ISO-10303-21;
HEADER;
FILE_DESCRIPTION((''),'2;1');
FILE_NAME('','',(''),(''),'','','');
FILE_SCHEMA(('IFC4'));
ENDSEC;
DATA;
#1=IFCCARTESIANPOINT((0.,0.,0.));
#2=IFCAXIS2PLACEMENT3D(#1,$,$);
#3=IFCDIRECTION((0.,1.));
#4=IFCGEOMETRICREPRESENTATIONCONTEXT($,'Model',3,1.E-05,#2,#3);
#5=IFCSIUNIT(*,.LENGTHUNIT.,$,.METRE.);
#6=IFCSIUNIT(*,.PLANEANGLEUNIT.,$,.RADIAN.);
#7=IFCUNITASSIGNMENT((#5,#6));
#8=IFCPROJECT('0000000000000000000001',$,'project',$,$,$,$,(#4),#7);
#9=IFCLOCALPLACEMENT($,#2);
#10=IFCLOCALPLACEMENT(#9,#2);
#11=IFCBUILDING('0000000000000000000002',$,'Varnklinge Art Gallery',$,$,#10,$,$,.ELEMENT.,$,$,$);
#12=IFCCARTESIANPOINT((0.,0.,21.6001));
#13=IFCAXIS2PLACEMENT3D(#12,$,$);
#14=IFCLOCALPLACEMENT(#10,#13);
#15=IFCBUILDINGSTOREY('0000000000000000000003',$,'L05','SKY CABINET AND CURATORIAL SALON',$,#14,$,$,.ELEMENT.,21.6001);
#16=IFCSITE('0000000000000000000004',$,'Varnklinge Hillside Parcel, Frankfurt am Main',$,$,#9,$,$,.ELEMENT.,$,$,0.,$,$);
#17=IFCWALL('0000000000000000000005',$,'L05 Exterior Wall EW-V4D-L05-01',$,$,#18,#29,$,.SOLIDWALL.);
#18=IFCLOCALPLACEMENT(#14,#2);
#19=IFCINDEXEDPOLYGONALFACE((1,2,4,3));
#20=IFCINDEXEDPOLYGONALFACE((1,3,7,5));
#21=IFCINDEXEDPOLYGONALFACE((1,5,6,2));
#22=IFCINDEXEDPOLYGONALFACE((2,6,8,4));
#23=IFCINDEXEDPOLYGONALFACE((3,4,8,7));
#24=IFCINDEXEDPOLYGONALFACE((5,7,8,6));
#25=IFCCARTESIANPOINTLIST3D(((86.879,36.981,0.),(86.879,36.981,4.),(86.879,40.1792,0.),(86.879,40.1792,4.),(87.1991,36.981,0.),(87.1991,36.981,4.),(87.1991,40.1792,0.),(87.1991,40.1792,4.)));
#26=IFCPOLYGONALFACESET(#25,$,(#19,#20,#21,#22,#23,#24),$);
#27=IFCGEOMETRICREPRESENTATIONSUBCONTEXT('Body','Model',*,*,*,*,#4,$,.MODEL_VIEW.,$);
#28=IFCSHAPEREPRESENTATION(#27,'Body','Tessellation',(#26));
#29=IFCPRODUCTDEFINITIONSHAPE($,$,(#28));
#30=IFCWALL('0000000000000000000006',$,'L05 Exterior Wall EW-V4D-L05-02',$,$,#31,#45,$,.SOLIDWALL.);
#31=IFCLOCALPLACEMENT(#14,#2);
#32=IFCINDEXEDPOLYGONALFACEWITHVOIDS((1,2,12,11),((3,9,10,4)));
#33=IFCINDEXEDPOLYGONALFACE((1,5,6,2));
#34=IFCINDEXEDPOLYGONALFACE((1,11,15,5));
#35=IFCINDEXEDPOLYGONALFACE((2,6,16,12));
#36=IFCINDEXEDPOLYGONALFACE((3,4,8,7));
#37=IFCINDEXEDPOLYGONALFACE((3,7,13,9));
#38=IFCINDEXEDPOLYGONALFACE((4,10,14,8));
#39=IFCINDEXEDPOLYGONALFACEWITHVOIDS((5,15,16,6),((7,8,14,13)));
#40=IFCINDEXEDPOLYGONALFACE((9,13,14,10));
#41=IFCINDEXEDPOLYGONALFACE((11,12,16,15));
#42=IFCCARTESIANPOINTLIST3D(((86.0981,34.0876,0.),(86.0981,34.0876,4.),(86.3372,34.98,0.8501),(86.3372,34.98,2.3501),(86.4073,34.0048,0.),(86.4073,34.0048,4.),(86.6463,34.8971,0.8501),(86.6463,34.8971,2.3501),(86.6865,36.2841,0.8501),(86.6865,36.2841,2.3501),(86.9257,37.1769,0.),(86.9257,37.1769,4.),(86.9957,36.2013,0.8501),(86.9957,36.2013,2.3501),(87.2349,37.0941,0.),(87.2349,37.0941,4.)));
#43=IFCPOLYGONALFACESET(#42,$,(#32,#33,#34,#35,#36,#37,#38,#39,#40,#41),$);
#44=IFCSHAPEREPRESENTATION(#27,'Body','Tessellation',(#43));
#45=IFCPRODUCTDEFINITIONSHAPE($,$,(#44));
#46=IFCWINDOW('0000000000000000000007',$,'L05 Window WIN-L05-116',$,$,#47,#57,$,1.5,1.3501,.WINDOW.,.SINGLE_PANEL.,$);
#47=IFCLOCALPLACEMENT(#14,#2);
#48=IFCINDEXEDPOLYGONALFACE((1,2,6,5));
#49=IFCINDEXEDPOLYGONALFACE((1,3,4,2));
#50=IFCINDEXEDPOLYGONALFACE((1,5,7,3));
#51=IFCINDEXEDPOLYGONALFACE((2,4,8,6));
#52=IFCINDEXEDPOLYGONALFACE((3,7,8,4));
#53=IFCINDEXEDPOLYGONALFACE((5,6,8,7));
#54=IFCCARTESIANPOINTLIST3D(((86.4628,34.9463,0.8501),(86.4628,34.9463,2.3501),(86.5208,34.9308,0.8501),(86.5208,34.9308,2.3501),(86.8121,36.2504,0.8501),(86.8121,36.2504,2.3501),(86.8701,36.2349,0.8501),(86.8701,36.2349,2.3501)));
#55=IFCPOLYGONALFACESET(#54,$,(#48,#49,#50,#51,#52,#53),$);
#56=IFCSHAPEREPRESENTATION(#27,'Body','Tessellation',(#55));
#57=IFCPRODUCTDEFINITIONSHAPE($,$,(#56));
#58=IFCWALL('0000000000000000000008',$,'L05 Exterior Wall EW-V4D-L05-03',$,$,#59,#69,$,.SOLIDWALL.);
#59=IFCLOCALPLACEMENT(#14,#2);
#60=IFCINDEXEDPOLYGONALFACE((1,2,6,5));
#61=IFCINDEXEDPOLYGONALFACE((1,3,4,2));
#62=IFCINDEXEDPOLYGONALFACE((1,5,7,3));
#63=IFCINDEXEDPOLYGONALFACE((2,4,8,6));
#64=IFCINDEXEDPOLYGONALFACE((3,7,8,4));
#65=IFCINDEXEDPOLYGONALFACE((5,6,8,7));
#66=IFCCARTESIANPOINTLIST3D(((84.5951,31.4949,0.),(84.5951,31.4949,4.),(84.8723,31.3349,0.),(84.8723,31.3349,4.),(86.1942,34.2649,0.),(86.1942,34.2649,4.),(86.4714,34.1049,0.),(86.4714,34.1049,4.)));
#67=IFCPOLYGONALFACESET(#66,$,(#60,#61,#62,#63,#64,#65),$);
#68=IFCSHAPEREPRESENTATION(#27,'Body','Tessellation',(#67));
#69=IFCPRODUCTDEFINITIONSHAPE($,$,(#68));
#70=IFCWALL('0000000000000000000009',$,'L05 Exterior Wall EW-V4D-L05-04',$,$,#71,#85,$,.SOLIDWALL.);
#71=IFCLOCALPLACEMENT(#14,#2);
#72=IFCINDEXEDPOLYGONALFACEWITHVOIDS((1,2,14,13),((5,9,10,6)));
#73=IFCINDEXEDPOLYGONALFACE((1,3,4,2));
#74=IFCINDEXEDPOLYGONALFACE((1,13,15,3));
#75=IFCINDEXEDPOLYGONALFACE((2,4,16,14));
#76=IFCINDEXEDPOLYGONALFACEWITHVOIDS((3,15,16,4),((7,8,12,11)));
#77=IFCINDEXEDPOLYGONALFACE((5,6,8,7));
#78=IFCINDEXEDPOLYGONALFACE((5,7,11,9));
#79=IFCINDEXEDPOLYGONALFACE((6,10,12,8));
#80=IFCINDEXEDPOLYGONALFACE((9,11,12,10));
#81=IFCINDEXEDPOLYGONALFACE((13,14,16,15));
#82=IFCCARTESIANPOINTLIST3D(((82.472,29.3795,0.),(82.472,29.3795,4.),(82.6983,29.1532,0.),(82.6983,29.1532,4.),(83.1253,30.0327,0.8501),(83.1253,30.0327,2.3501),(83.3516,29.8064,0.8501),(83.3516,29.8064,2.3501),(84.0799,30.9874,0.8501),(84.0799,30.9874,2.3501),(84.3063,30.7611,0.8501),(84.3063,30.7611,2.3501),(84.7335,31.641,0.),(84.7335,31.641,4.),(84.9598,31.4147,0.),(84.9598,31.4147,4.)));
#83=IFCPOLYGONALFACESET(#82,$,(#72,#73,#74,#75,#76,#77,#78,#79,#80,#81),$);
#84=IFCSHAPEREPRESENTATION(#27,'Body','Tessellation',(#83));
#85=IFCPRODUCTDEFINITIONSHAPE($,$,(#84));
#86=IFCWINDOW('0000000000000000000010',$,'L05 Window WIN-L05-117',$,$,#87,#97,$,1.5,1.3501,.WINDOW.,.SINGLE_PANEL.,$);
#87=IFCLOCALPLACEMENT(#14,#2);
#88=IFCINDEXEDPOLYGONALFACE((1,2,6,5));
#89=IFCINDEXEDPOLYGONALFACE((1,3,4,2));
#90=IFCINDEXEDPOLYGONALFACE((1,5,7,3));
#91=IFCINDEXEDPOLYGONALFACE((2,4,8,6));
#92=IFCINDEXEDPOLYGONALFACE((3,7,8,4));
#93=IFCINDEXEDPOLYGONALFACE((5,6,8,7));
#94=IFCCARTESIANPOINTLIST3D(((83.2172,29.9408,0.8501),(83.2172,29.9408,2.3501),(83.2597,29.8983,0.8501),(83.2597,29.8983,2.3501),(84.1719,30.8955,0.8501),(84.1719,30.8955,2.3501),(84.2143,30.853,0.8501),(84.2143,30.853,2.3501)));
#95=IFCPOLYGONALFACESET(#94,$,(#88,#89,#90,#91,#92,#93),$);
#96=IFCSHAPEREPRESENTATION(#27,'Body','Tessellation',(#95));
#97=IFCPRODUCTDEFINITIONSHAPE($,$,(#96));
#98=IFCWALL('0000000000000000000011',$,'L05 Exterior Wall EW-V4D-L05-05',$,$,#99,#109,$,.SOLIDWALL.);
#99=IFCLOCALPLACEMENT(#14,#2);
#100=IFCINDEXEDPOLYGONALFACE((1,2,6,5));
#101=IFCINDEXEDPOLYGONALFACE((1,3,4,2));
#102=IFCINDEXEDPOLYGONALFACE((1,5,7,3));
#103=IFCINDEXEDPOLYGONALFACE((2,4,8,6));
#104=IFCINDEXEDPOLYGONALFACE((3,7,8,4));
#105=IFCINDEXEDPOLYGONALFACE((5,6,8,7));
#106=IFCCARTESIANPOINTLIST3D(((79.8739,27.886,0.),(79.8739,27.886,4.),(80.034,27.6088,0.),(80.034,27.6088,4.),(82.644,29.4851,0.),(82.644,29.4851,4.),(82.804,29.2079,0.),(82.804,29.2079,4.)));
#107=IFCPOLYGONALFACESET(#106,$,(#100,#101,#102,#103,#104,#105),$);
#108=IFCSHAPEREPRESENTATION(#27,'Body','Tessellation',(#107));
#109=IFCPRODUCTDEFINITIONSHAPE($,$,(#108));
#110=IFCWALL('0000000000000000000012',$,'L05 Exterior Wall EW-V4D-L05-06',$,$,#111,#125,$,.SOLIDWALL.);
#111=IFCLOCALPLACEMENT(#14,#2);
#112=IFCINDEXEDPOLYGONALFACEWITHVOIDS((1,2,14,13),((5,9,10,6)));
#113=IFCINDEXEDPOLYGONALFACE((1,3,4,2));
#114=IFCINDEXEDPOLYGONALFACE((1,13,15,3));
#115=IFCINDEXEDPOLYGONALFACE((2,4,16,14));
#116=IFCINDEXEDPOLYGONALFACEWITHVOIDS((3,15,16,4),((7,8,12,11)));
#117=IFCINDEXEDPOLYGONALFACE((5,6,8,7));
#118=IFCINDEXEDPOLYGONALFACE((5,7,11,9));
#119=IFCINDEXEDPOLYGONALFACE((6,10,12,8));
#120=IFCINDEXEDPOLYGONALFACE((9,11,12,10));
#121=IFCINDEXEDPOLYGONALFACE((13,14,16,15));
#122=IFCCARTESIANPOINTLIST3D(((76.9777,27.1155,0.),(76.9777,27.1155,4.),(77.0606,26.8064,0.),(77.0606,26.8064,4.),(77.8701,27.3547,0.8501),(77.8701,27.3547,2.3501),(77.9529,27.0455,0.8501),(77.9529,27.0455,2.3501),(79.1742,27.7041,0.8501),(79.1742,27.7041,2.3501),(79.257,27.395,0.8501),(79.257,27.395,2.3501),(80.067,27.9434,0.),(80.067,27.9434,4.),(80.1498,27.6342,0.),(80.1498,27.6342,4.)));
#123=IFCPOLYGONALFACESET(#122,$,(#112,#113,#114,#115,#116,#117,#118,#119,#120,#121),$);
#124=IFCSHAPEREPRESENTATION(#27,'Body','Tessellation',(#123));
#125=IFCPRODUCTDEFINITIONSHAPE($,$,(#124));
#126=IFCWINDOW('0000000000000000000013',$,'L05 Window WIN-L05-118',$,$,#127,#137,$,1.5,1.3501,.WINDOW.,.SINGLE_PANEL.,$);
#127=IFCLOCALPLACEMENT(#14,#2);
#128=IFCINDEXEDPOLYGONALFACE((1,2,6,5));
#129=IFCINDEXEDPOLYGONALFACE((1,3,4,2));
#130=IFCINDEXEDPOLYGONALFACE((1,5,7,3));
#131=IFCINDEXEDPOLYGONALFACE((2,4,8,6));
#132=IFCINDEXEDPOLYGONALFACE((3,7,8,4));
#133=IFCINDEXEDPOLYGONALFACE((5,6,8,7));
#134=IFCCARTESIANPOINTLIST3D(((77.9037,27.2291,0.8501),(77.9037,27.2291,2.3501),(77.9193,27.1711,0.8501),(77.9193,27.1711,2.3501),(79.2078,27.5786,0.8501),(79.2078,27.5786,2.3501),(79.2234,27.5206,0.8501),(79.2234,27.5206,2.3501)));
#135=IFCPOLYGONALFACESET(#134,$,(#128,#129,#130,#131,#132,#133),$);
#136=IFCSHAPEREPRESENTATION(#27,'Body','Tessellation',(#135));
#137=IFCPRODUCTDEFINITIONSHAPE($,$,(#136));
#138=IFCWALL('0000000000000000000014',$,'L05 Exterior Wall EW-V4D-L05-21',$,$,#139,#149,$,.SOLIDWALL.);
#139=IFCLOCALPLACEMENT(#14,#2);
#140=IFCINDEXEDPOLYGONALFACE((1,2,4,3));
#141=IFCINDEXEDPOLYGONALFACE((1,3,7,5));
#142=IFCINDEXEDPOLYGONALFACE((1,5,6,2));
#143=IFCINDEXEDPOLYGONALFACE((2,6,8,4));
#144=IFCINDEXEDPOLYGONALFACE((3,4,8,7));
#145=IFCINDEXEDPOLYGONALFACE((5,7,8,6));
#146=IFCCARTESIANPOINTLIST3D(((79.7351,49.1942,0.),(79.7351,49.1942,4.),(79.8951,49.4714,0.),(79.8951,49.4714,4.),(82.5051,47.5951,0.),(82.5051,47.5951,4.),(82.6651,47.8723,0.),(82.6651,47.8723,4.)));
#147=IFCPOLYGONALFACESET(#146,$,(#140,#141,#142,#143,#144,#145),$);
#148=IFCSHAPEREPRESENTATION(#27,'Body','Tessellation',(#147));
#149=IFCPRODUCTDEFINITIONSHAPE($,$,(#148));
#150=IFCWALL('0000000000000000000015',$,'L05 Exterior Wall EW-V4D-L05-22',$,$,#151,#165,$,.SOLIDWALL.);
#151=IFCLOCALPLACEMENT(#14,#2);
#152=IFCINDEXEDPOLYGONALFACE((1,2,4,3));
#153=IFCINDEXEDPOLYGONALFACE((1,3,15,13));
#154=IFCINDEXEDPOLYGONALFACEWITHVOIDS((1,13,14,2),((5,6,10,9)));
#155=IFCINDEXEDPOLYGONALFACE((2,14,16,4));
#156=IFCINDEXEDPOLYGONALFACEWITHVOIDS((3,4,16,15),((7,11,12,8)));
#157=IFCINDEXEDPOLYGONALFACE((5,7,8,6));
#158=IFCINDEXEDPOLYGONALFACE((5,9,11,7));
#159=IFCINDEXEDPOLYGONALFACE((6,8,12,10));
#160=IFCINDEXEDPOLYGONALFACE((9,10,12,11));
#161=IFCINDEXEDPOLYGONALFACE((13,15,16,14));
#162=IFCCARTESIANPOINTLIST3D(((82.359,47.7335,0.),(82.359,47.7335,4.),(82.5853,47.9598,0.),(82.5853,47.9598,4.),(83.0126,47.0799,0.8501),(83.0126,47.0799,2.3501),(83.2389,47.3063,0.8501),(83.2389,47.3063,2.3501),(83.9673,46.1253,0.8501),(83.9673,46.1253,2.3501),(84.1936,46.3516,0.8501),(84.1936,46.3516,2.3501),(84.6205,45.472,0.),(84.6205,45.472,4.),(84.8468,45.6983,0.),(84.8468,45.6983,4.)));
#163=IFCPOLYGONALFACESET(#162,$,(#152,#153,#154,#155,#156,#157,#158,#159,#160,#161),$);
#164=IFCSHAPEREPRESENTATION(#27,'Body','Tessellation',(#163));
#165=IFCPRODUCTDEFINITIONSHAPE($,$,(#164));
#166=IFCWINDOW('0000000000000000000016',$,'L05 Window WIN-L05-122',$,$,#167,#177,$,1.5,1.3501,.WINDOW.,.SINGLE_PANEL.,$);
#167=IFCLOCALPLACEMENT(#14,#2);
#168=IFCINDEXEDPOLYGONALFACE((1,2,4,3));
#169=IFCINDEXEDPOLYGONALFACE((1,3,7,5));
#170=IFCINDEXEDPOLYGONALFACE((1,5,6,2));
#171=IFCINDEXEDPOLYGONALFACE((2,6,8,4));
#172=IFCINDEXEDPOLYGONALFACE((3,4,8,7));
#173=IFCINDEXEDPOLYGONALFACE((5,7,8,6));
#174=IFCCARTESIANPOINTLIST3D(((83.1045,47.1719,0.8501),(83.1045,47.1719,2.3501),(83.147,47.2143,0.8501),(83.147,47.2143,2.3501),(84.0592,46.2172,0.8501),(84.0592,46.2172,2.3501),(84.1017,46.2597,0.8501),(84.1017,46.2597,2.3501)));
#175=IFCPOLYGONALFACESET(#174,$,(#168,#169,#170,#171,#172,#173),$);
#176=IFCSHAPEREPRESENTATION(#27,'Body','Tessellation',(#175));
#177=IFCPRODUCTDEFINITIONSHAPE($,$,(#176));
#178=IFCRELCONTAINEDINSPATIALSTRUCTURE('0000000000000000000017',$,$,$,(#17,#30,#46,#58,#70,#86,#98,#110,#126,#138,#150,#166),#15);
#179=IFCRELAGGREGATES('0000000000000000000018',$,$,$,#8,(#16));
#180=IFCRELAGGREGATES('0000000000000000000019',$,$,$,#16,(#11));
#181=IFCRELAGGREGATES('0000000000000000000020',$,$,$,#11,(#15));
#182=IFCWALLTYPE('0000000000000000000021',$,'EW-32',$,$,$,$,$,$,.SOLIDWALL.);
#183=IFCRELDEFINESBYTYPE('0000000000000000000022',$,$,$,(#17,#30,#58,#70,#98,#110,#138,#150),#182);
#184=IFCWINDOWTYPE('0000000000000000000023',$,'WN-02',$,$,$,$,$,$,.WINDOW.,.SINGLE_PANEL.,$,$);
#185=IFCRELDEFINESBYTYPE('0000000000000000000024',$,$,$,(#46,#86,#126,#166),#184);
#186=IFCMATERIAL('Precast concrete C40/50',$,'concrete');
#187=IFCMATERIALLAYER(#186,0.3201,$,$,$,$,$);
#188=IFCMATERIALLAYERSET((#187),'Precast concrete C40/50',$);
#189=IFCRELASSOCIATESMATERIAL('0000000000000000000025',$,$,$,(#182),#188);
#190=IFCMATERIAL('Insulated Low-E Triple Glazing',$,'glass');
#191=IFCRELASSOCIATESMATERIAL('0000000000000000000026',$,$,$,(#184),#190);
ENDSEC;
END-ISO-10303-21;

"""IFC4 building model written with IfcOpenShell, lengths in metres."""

from ifc_helpers import new_model, si_unit, direction, frame, frame_2d, origin, place, context, subcontext, project, spatial, rectangle, extrude, material, layer, layer_set, type_object, element, fill, save


model = new_model("IFC4")

# Units and contexts
model_context = context("Model", 3, precision=1e-05, world=origin(), true_north=direction((0.0, 1.0)))
body_context = subcontext(model_context, "Body", "Model", "MODEL_VIEW")
ifc_project = project(units=[si_unit("LENGTHUNIT", "METRE"), si_unit("PLANEANGLEUNIT", "RADIAN")], contexts=[model_context])

# Site, building, storey
site_placement = place(None, origin())
site = spatial("IfcSite", under=ifc_project, at=site_placement, Name="Varnklinge Hillside Parcel, Frankfurt am Main", CompositionType="ELEMENT", RefElevation=0.0)
building_placement = place(site_placement, origin())
building = spatial("IfcBuilding", under=site, at=building_placement, Name="Varnklinge Art Gallery", CompositionType="ELEMENT")
storey_placement = place(building_placement, frame((0.0, 0.0, 21.6001)))
storey = spatial("IfcBuildingStorey", under=building, at=storey_placement, Name="L05", Description="SKY CABINET AND CURATORIAL SALON", CompositionType="ELEMENT", Elevation=21.6001)

# Wall
ifc_material_1 = material(Name="Precast concrete C40/50", Category="concrete")
ifc_layer_1 = layer(ifc_material_1, 0.3201)
ifc_layer_set_1 = layer_set([ifc_layer_1], Name="Precast concrete C40/50")
wall_type_1 = type_object("IfcWallType", Name="EW-32", PredefinedType="SOLIDWALL", material=ifc_layer_set_1)
wall_1_placement = place(storey_placement, frame((87.0391, 40.1792, 0.0), z_axis=(0.0, 0.0, 1.0), x_axis=(0.0, -1.0, 0.0)))
element("IfcWall", 1, at=wall_1_placement, inside=storey, type_object=wall_type_1, Name="L05 Exterior Wall EW-V4D-L05-01", PredefinedType="SOLIDWALL", context=body_context, shape_type="SweptSolid", body=[
    extrude(rectangle(XDim=3.1982, YDim=0.3201, at=frame_2d((1.5991, 0.0))), origin(), (0.0, 0.0, 1.0), 4.0),
])

# Wall, opening, window
wall_2_placement = place(storey_placement, frame((87.0803, 37.1355, 0.0), z_axis=(0.0, 0.0, 1.0), x_axis=(-0.258774, -0.965938, 0.0)))
wall_2 = element("IfcWall", 2, at=wall_2_placement, inside=storey, type_object=wall_type_1, Name="L05 Exterior Wall EW-V4D-L05-02", PredefinedType="SOLIDWALL", context=body_context, shape_type="SweptSolid", body=[
    extrude(rectangle(XDim=3.1982, YDim=0.3201, at=frame_2d((1.5991, 0.0))), origin(), (0.0, 0.0, 1.0), 4.0),
])
opening_1_placement = place(wall_2_placement, frame((0.9243, 0.0, 0.8501)))
opening_1 = element("IfcOpeningElement", 3, at=opening_1_placement, cuts=wall_2, PredefinedType="OPENING", context=body_context, shape_type="SweptSolid", body=[
    extrude(rectangle(XDim=1.3501, YDim=1.5, at=frame_2d((0.675, 0.75))), frame((0.0, 0.1702, 0.0), z_axis=(0.0, -1.0, 0.0), x_axis=(1.0, 0.0, 0.0)), (0.0, 0.0, 1.0), 0.3401),
])
ifc_material_2 = material(Name="Insulated Low-E Triple Glazing", Category="glass")
window_type = type_object("IfcWindowType", Name="WN-02", PartitioningType="SINGLE_PANEL", PredefinedType="WINDOW", material=ifc_material_2)
window_1_placement = place(opening_1_placement, origin())
window_1 = element("IfcWindow", 4, at=window_1_placement, inside=storey, type_object=window_type, Name="L05 Window WIN-L05-116", OverallHeight=1.5, OverallWidth=1.3501, PartitioningType="SINGLE_PANEL", PredefinedType="WINDOW", context=body_context, shape_type="SweptSolid", body=[
    extrude(rectangle(XDim=1.3501, YDim=1.5, at=frame_2d((0.675, 0.75))), frame((0.0, 0.03, 0.0), z_axis=(0.0, -1.0, 0.0), x_axis=(1.0, 0.0, 0.0)), (0.0, 0.0, 1.0), 0.0601),
])
fill(opening_1, window_1)

# Wall
wall_3_placement = place(storey_placement, frame((86.3328, 34.1848, 0.0), z_axis=(0.0, 0.0, 1.0), x_axis=(-0.499965, -0.866046, 0.0)))
element("IfcWall", 5, at=wall_3_placement, inside=storey, type_object=wall_type_1, Name="L05 Exterior Wall EW-V4D-L05-03", PredefinedType="SOLIDWALL", context=body_context, shape_type="SweptSolid", body=[
    extrude(rectangle(XDim=3.1985, YDim=0.3201, at=frame_2d((1.5991, 0.0))), origin(), (0.0, 0.0, 1.0), 4.0),
])

# Wall, opening, window
wall_4_placement = place(storey_placement, frame((84.8467, 31.5278, 0.0), z_axis=(0.0, 0.0, 1.0), x_axis=(-0.707107, -0.707107, 0.0)))
wall_4 = element("IfcWall", 6, at=wall_4_placement, inside=storey, type_object=wall_type_1, Name="L05 Exterior Wall EW-V4D-L05-04", PredefinedType="SOLIDWALL", context=body_context, shape_type="SweptSolid", body=[
    extrude(rectangle(XDim=3.1982, YDim=0.3201, at=frame_2d((1.5991, 0.0))), origin(), (0.0, 0.0, 1.0), 4.0),
])
opening_2_placement = place(wall_4_placement, frame((0.9243, 0.0, 0.8501)))
opening_2 = element("IfcOpeningElement", 7, at=opening_2_placement, cuts=wall_4, PredefinedType="OPENING", context=body_context, shape_type="SweptSolid", body=[
    extrude(rectangle(XDim=1.3501, YDim=1.5, at=frame_2d((0.675, 0.75))), frame((0.0, 0.1702, 0.0), z_axis=(0.0, -1.0, 0.0), x_axis=(1.0, 0.0, 0.0)), (0.0, 0.0, 1.0), 0.3401),
])
window_2_placement = place(opening_2_placement, origin())
window_2 = element("IfcWindow", 8, at=window_2_placement, inside=storey, type_object=window_type, Name="L05 Window WIN-L05-117", OverallHeight=1.5, OverallWidth=1.3501, PartitioningType="SINGLE_PANEL", PredefinedType="WINDOW", context=body_context, shape_type="SweptSolid", body=[
    extrude(rectangle(XDim=1.3501, YDim=1.5, at=frame_2d((0.675, 0.75))), frame((0.0, 0.03, 0.0), z_axis=(0.0, -1.0, 0.0), x_axis=(1.0, 0.0, 0.0)), (0.0, 0.0, 1.0), 0.0601),
])
fill(opening_2, window_2)

# Wall
wall_5_placement = place(storey_placement, frame((82.7239, 29.3464, 0.0), z_axis=(0.0, 0.0, 1.0), x_axis=(-0.866046, -0.499965, 0.0)))
element("IfcWall", 9, at=wall_5_placement, inside=storey, type_object=wall_type_1, Name="L05 Exterior Wall EW-V4D-L05-05", PredefinedType="SOLIDWALL", context=body_context, shape_type="SweptSolid", body=[
    extrude(rectangle(XDim=3.1985, YDim=0.3201, at=frame_2d((1.5991, 0.0))), origin(), (0.0, 0.0, 1.0), 4.0),
])

# Wall, opening, window
wall_6_placement = place(storey_placement, frame((80.1084, 27.7888, 0.0), z_axis=(0.0, 0.0, 1.0), x_axis=(-0.965919, -0.258845, 0.0)))
wall_6 = element("IfcWall", 10, at=wall_6_placement, inside=storey, type_object=wall_type_1, Name="L05 Exterior Wall EW-V4D-L05-06", PredefinedType="SOLIDWALL", context=body_context, shape_type="SweptSolid", body=[
    extrude(rectangle(XDim=3.1982, YDim=0.3201, at=frame_2d((1.5991, 0.0))), origin(), (0.0, 0.0, 1.0), 4.0),
])
opening_3_placement = place(wall_6_placement, frame((0.9243, 0.0, 0.8501)))
opening_3 = element("IfcOpeningElement", 11, at=opening_3_placement, cuts=wall_6, PredefinedType="OPENING", context=body_context, shape_type="SweptSolid", body=[
    extrude(rectangle(XDim=1.3501, YDim=1.5, at=frame_2d((0.675, 0.75))), frame((0.0, 0.1702, 0.0), z_axis=(0.0, -1.0, 0.0), x_axis=(1.0, 0.0, 0.0)), (0.0, 0.0, 1.0), 0.3401),
])
window_3_placement = place(opening_3_placement, origin())
window_3 = element("IfcWindow", 12, at=window_3_placement, inside=storey, type_object=window_type, Name="L05 Window WIN-L05-118", OverallHeight=1.5, OverallWidth=1.3501, PartitioningType="SINGLE_PANEL", PredefinedType="WINDOW", context=body_context, shape_type="SweptSolid", body=[
    extrude(rectangle(XDim=1.3501, YDim=1.5, at=frame_2d((0.675, 0.75))), frame((0.0, 0.03, 0.0), z_axis=(0.0, -1.0, 0.0), x_axis=(1.0, 0.0, 0.0)), (0.0, 0.0, 1.0), 0.0601),
])
fill(opening_3, window_3)

# Wall
wall_7_placement = place(storey_placement, frame((79.8152, 49.3328, 0.0), z_axis=(0.0, 0.0, 1.0), x_axis=(0.866046, -0.499965, 0.0)))
element("IfcWall", 13, at=wall_7_placement, inside=storey, type_object=wall_type_1, Name="L05 Exterior Wall EW-V4D-L05-21", PredefinedType="SOLIDWALL", context=body_context, shape_type="SweptSolid", body=[
    extrude(rectangle(XDim=3.1985, YDim=0.3201, at=frame_2d((1.5991, 0.0))), origin(), (0.0, 0.0, 1.0), 4.0),
])

# Wall, opening, window
wall_8_placement = place(storey_placement, frame((82.4722, 47.8467, 0.0), z_axis=(0.0, 0.0, 1.0), x_axis=(0.707107, -0.707107, 0.0)))
wall_8 = element("IfcWall", 14, at=wall_8_placement, inside=storey, type_object=wall_type_1, Name="L05 Exterior Wall EW-V4D-L05-22", PredefinedType="SOLIDWALL", context=body_context, shape_type="SweptSolid", body=[
    extrude(rectangle(XDim=3.1982, YDim=0.3201, at=frame_2d((1.5991, 0.0))), origin(), (0.0, 0.0, 1.0), 4.0),
])
opening_4_placement = place(wall_8_placement, frame((0.9243, 0.0, 0.8501)))
opening_4 = element("IfcOpeningElement", 15, at=opening_4_placement, cuts=wall_8, PredefinedType="OPENING", context=body_context, shape_type="SweptSolid", body=[
    extrude(rectangle(XDim=1.3501, YDim=1.5, at=frame_2d((0.675, 0.75))), frame((0.0, 0.1702, 0.0), z_axis=(0.0, -1.0, 0.0), x_axis=(1.0, 0.0, 0.0)), (0.0, 0.0, 1.0), 0.3401),
])
window_4_placement = place(opening_4_placement, origin())
window_4 = element("IfcWindow", 16, at=window_4_placement, inside=storey, type_object=window_type, Name="L05 Window WIN-L05-122", OverallHeight=1.5, OverallWidth=1.3501, PartitioningType="SINGLE_PANEL", PredefinedType="WINDOW", context=body_context, shape_type="SweptSolid", body=[
    extrude(rectangle(XDim=1.3501, YDim=1.5, at=frame_2d((0.675, 0.75))), frame((0.0, 0.03, 0.0), z_axis=(0.0, -1.0, 0.0), x_axis=(1.0, 0.0, 0.0)), (0.0, 0.0, 1.0), 0.0601),
])
fill(opening_4, window_4)

save(model, "model.ifc")
